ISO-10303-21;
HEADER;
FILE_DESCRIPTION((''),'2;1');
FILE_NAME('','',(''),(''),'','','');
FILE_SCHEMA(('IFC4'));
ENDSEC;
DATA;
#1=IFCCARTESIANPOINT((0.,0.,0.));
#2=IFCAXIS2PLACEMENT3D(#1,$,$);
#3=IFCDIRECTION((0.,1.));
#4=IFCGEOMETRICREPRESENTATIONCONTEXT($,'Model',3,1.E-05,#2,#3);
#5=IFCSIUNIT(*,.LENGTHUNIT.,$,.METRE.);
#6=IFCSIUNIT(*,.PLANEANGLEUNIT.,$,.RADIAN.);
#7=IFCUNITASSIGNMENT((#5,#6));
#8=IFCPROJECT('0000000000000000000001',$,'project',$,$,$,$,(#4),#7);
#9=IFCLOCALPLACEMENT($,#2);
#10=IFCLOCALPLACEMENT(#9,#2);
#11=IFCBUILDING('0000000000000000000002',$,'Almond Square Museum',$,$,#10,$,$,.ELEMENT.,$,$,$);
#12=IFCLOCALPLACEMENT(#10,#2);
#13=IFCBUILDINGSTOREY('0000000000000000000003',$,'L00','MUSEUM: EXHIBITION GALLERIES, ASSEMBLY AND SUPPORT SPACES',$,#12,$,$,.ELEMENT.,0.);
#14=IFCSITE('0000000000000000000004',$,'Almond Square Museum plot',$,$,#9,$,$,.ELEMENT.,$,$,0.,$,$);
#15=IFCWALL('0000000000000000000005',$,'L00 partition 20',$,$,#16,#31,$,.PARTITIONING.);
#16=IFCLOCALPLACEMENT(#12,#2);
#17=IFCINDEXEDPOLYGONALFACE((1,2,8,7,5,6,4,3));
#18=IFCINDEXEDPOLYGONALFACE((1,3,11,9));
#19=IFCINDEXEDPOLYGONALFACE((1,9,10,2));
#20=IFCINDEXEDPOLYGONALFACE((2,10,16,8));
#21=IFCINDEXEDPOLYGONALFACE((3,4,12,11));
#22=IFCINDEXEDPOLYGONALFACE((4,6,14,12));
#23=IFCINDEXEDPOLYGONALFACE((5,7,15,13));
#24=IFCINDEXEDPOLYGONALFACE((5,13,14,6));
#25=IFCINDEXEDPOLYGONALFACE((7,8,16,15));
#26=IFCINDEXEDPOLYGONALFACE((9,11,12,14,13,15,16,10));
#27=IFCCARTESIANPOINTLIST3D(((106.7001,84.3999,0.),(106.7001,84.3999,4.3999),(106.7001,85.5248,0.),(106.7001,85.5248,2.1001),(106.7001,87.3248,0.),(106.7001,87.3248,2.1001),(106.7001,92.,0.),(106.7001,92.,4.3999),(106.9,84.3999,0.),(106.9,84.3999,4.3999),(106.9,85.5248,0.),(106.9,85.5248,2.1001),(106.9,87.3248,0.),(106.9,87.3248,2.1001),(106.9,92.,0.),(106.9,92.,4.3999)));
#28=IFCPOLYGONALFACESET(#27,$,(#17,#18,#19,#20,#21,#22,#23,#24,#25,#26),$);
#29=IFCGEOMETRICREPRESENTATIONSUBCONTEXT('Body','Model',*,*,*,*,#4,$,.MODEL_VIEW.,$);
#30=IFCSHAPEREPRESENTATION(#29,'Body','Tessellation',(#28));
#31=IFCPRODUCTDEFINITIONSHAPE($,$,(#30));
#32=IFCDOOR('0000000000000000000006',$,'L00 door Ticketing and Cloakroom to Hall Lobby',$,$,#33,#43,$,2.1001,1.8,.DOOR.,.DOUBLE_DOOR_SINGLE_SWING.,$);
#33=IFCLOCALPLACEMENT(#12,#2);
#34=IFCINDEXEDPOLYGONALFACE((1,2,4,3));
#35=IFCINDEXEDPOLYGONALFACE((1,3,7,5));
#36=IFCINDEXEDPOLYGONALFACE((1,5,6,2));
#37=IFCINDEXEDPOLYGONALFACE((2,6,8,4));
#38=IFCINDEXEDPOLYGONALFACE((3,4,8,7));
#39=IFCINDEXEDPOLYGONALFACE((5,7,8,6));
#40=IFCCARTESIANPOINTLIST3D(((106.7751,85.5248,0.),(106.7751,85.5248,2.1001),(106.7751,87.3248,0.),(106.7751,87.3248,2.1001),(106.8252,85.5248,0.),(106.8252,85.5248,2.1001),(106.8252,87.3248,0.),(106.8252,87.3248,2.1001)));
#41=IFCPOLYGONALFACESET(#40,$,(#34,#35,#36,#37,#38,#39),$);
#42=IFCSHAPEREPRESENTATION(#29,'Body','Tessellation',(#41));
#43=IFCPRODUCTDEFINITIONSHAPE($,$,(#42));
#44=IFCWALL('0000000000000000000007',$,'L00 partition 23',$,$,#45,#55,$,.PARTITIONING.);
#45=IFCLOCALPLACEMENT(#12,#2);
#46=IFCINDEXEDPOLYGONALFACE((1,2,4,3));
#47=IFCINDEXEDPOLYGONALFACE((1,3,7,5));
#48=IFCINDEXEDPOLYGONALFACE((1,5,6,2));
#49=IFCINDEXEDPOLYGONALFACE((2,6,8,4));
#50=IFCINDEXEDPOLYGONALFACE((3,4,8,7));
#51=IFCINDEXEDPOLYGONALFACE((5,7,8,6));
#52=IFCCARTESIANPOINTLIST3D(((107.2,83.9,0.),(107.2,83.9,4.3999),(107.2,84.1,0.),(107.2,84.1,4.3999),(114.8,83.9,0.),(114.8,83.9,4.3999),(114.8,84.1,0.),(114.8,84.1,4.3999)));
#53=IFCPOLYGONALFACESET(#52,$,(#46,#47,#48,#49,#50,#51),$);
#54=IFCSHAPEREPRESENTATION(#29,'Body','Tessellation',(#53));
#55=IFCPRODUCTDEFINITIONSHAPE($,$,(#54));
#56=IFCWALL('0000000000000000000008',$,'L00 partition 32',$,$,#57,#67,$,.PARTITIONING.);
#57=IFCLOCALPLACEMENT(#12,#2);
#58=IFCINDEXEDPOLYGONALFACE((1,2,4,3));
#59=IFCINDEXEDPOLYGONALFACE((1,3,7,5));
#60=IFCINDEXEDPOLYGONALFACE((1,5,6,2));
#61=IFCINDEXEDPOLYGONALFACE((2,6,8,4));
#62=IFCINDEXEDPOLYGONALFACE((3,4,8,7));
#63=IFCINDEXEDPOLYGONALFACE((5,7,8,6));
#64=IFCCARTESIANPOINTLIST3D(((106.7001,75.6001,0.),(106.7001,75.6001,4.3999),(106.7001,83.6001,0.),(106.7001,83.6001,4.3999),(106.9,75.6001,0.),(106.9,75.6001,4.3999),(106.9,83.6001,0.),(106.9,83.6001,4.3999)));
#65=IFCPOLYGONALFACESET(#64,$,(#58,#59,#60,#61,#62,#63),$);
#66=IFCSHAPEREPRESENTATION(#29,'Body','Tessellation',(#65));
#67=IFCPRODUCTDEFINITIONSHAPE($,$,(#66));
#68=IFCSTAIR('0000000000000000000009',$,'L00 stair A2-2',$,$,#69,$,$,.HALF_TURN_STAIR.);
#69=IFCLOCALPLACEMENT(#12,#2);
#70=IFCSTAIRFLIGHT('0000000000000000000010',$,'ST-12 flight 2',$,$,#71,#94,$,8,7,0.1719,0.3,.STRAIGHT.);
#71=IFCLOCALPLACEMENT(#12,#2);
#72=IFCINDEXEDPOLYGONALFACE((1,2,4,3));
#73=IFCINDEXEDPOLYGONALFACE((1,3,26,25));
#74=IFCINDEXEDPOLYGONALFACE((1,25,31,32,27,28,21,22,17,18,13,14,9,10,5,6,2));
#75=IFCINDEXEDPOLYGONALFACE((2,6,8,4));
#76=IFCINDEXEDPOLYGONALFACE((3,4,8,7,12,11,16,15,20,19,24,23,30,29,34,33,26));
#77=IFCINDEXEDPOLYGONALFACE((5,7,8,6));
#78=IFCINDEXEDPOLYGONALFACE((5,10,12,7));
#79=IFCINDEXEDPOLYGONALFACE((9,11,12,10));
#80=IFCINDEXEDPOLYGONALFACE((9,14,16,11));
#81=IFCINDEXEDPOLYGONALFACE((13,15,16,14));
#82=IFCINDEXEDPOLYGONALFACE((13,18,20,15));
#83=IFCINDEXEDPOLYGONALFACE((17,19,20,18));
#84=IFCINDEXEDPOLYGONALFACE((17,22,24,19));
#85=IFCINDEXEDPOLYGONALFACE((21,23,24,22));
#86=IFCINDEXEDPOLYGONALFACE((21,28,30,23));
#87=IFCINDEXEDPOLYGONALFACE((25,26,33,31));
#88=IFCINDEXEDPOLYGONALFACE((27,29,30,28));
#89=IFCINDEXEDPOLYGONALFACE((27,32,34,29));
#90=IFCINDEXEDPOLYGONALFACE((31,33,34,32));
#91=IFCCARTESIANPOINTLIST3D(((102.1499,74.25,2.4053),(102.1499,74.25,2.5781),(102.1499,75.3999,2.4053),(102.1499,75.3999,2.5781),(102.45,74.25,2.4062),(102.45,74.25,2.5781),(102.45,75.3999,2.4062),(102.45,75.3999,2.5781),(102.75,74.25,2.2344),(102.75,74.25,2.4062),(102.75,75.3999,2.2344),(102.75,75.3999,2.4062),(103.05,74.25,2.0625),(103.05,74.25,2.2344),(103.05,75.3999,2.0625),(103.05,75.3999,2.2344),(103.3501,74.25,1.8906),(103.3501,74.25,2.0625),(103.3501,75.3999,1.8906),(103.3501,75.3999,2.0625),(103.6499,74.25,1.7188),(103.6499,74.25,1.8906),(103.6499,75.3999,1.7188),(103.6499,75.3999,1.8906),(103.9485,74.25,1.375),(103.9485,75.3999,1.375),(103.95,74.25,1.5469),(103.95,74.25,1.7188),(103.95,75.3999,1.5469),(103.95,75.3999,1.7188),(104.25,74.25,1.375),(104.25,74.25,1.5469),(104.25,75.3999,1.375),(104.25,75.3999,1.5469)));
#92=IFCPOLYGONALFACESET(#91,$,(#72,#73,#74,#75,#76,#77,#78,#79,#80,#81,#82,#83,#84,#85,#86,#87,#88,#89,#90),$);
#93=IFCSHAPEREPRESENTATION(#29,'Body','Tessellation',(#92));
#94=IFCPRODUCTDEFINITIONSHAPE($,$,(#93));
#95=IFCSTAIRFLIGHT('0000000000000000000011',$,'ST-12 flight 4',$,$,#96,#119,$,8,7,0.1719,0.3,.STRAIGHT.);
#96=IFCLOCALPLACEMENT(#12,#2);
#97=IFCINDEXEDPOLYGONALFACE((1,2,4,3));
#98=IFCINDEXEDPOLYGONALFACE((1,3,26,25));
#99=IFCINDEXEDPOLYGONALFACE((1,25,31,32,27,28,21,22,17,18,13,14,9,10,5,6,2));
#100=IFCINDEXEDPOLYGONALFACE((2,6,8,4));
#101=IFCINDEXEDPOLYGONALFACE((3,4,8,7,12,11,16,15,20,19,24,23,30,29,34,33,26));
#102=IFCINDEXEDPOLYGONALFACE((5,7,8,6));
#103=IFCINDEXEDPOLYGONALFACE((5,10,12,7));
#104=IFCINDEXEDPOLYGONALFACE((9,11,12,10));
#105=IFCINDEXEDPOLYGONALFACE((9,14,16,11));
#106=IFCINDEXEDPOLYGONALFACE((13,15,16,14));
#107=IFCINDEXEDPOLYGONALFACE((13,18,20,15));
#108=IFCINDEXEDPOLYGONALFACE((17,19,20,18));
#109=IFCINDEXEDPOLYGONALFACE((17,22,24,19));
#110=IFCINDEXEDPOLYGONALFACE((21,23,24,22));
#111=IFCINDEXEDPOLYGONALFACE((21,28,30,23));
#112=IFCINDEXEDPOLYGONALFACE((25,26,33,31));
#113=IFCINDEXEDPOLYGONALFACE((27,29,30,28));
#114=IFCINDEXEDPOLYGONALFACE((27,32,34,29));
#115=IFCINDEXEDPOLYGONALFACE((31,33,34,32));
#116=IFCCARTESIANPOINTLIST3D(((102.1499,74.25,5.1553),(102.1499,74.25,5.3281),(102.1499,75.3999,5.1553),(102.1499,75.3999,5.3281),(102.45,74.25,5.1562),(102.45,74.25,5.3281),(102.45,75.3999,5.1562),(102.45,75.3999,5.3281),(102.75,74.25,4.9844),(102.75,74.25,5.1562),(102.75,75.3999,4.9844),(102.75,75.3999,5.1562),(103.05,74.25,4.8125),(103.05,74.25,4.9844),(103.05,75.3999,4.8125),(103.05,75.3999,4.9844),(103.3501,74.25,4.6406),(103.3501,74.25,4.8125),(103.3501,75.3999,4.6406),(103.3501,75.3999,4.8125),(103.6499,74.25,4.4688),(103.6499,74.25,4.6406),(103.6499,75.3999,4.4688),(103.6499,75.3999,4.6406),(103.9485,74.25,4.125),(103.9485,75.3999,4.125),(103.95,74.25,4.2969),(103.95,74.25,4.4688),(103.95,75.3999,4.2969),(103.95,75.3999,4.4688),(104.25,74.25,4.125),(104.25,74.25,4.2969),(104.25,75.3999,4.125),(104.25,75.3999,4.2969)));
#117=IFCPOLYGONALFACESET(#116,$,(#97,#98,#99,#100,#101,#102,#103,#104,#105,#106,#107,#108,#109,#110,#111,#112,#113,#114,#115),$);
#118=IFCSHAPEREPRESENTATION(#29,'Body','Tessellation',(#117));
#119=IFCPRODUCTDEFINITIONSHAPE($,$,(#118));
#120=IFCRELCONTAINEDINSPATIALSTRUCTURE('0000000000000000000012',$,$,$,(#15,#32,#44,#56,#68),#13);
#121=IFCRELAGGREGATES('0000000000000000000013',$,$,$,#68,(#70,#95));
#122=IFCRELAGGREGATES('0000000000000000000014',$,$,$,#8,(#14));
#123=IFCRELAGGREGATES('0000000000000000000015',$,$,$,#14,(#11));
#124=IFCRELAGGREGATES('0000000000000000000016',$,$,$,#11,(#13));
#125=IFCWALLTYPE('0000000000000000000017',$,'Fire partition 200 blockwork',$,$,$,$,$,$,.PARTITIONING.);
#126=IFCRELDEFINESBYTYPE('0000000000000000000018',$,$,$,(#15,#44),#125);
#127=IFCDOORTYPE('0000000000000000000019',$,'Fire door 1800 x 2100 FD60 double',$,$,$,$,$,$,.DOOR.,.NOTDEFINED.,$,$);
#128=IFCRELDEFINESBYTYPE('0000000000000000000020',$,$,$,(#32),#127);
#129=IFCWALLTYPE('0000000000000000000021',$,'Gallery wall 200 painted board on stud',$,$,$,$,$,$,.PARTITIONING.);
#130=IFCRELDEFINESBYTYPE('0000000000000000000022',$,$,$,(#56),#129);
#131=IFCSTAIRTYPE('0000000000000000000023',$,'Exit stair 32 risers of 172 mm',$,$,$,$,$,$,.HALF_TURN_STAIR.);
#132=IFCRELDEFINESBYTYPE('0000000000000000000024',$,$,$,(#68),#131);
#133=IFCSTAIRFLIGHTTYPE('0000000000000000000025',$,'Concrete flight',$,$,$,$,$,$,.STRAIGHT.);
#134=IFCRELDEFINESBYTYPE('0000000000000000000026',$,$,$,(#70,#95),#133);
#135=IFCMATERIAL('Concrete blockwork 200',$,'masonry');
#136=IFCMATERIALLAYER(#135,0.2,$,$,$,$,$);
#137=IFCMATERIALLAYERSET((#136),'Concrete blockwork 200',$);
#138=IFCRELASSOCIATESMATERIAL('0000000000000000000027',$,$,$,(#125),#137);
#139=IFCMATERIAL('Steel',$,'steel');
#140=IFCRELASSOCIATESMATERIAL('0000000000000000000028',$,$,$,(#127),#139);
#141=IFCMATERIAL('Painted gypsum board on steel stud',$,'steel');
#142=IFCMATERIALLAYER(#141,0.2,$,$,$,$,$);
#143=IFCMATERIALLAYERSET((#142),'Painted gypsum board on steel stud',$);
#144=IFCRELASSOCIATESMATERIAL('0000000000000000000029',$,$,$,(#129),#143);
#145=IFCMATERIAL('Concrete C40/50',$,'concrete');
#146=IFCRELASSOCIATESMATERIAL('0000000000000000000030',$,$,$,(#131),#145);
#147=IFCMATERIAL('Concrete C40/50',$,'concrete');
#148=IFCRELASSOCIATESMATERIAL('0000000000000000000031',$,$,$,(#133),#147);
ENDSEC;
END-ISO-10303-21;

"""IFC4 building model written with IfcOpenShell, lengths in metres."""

from ifc_helpers import new_model, si_unit, direction, frame, frame_2d, origin, place, context, subcontext, project, spatial, polyline, rectangle, outline, extrude, material, layer, layer_set, type_object, element, fill, aggregate, save


model = new_model("IFC4")

# Units and contexts
model_context = context("Model", 3, precision=1e-05, world=origin(), true_north=direction((0.0, 1.0)))
body_context = subcontext(model_context, "Body", "Model", "MODEL_VIEW")
ifc_project = project(units=[si_unit("LENGTHUNIT", "METRE"), si_unit("PLANEANGLEUNIT", "RADIAN")], contexts=[model_context])

# Site, building, storey
site_placement = place(None, origin())
site = spatial("IfcSite", under=ifc_project, at=site_placement, Name="Almond Square Museum plot", CompositionType="ELEMENT", RefElevation=0.0)
building_placement = place(site_placement, origin())
building = spatial("IfcBuilding", under=site, at=building_placement, Name="Almond Square Museum", CompositionType="ELEMENT")
storey_placement = place(building_placement, origin())
storey = spatial("IfcBuildingStorey", under=building, at=storey_placement, Name="L00", Description="MUSEUM: EXHIBITION GALLERIES, ASSEMBLY AND SUPPORT SPACES", CompositionType="ELEMENT", Elevation=0.0)

# Wall, opening, door
ifc_material_1 = material(Name="Concrete blockwork 200", Category="masonry")
ifc_layer_1 = layer(ifc_material_1, 0.2)
ifc_layer_set_1 = layer_set([ifc_layer_1], Name="Concrete blockwork 200")
wall_type_1 = type_object("IfcWallType", Name="Fire partition 200 blockwork", PredefinedType="PARTITIONING", material=ifc_layer_set_1)
wall_1_placement = place(storey_placement, frame((106.8, 84.3999, 0.0), z_axis=(0.0, 0.0, 1.0), x_axis=(0.0, 1.0, 0.0)))
wall_1 = element("IfcWall", 1, at=wall_1_placement, inside=storey, type_object=wall_type_1, Name="L00 partition 20", PredefinedType="PARTITIONING", context=body_context, shape_type="SweptSolid", body=[
    extrude(rectangle(XDim=7.6001, YDim=0.2, at=frame_2d((3.8, 0.0))), origin(), (0.0, 0.0, 1.0), 4.3999),
])
opening_placement = place(wall_1_placement, frame((1.125, 0.0, 0.0)))
opening = element("IfcOpeningElement", 2, at=opening_placement, cuts=wall_1, PredefinedType="OPENING", context=body_context, shape_type="SweptSolid", body=[
    extrude(rectangle(XDim=1.8, YDim=2.1001, at=frame_2d((0.8999, 1.05))), frame((0.0, 0.1099, 0.0), z_axis=(0.0, -1.0, 0.0), x_axis=(1.0, 0.0, 0.0)), (0.0, 0.0, 1.0), 0.22),
])
ifc_material_2 = material(Name="Steel", Category="steel")
door_type = type_object("IfcDoorType", Name="Fire door 1800 x 2100 FD60 double", OperationType="NOTDEFINED", PredefinedType="DOOR", material=ifc_material_2)
door_placement = place(opening_placement, origin())
door = element("IfcDoor", 3, at=door_placement, inside=storey, type_object=door_type, Name="L00 door Ticketing and Cloakroom to Hall Lobby", OperationType="DOUBLE_DOOR_SINGLE_SWING", OverallHeight=2.1001, OverallWidth=1.8, PredefinedType="DOOR", context=body_context, shape_type="SweptSolid", body=[
    extrude(rectangle(XDim=1.8, YDim=2.1001, at=frame_2d((0.8999, 1.05))), frame((0.0, 0.0249, 0.0), z_axis=(0.0, -1.0, 0.0), x_axis=(1.0, 0.0, 0.0)), (0.0, 0.0, 1.0), 0.05),
])
fill(opening, door)

# Walls
wall_2_placement = place(storey_placement, frame((107.2, 84.0, 0.0), z_axis=(0.0, 0.0, 1.0), x_axis=(1.0, 0.0, 0.0)))
element("IfcWall", 4, at=wall_2_placement, inside=storey, type_object=wall_type_1, Name="L00 partition 23", PredefinedType="PARTITIONING", context=body_context, shape_type="SweptSolid", body=[
    extrude(rectangle(XDim=7.6001, YDim=0.2, at=frame_2d((3.8, 0.0))), origin(), (0.0, 0.0, 1.0), 4.3999),
])
ifc_material_3 = material(Name="Painted gypsum board on steel stud", Category="steel")
ifc_layer_2 = layer(ifc_material_3, 0.2)
ifc_layer_set_2 = layer_set([ifc_layer_2], Name="Painted gypsum board on steel stud")
wall_type_2 = type_object("IfcWallType", Name="Gallery wall 200 painted board on stud", PredefinedType="PARTITIONING", material=ifc_layer_set_2)
wall_3_placement = place(storey_placement, frame((106.8, 75.6001, 0.0), z_axis=(0.0, 0.0, 1.0), x_axis=(0.0, 1.0, 0.0)))
element("IfcWall", 5, at=wall_3_placement, inside=storey, type_object=wall_type_2, Name="L00 partition 32", PredefinedType="PARTITIONING", context=body_context, shape_type="SweptSolid", body=[
    extrude(rectangle(XDim=8.0, YDim=0.2, at=frame_2d((4.0, 0.0))), origin(), (0.0, 0.0, 1.0), 4.3999),
])

# Stair, stair flights
ifc_material_4 = material(Name="Concrete C40/50", Category="concrete")
stair_type = type_object("IfcStairType", Name="Exit stair 32 risers of 172 mm", PredefinedType="HALF_TURN_STAIR", material=ifc_material_4)
stair_placement = place(storey_placement, origin())
stair = element("IfcStair", 6, at=stair_placement, inside=storey, type_object=stair_type, Name="L00 stair A2-2", PredefinedType="HALF_TURN_STAIR")
ifc_material_5 = material(Name="Concrete C40/50", Category="concrete")
stair_flight_type = type_object("IfcStairFlightType", Name="Concrete flight", PredefinedType="STRAIGHT", material=ifc_material_5)
stair_flight_1_placement = place(storey_placement, frame((104.25, 74.825, 1.375), z_axis=(0.0, 0.0, 1.0), x_axis=(-1.0, 0.0, 0.0)))
stair_flight_1 = element("IfcStairFlight", 7, at=stair_flight_1_placement, type_object=stair_flight_type, Name="ST-12 flight 2", NumberOfRisers=8, NumberOfTreads=7, PredefinedType="STRAIGHT", RiserHeight=0.1719, TreadLength=0.3, context=body_context, shape_type="SweptSolid", body=[
    extrude(outline(polyline([(0.0, 0.0), (0.0, 0.1719), (0.3, 0.1719), (0.3, 0.3438), (0.6001, 0.3438), (0.6001, 0.5156), (0.8999, 0.5156), (0.8999, 0.6875), (1.2, 0.6875), (1.2, 0.8594), (1.5, 0.8594), (1.5, 1.0312), (1.8, 1.0312), (1.8, 1.2031), (2.1001, 1.2031), (2.1001, 1.375), (2.1001, 1.0303), (0.3015, 0.0), (0.0, 0.0)])), frame((0.0, 0.575, 0.0), z_axis=(0.0, -1.0, 0.0), x_axis=(1.0, 0.0, 0.0)), (0.0, 0.0, 1.0), 1.1499),
])
stair_flight_2_placement = place(storey_placement, frame((104.25, 74.825, 4.125), z_axis=(0.0, 0.0, 1.0), x_axis=(-1.0, 0.0, 0.0)))
stair_flight_2 = element("IfcStairFlight", 8, at=stair_flight_2_placement, type_object=stair_flight_type, Name="ST-12 flight 4", NumberOfRisers=8, NumberOfTreads=7, PredefinedType="STRAIGHT", RiserHeight=0.1719, TreadLength=0.3, context=body_context, shape_type="SweptSolid", body=[
    extrude(outline(polyline([(0.0, 0.0), (0.0, 0.1719), (0.3, 0.1719), (0.3, 0.3438), (0.6001, 0.3438), (0.6001, 0.5156), (0.8999, 0.5156), (0.8999, 0.6875), (1.2, 0.6875), (1.2, 0.8594), (1.5, 0.8594), (1.5, 1.0312), (1.8, 1.0312), (1.8, 1.2031), (2.1001, 1.2031), (2.1001, 1.375), (2.1001, 1.0303), (0.3015, 0.0), (0.0, 0.0)])), frame((0.0, 0.575, 0.0), z_axis=(0.0, -1.0, 0.0), x_axis=(1.0, 0.0, 0.0)), (0.0, 0.0, 1.0), 1.1499),
])
aggregate(stair, [stair_flight_1, stair_flight_2])

save(model, "model.ifc")
